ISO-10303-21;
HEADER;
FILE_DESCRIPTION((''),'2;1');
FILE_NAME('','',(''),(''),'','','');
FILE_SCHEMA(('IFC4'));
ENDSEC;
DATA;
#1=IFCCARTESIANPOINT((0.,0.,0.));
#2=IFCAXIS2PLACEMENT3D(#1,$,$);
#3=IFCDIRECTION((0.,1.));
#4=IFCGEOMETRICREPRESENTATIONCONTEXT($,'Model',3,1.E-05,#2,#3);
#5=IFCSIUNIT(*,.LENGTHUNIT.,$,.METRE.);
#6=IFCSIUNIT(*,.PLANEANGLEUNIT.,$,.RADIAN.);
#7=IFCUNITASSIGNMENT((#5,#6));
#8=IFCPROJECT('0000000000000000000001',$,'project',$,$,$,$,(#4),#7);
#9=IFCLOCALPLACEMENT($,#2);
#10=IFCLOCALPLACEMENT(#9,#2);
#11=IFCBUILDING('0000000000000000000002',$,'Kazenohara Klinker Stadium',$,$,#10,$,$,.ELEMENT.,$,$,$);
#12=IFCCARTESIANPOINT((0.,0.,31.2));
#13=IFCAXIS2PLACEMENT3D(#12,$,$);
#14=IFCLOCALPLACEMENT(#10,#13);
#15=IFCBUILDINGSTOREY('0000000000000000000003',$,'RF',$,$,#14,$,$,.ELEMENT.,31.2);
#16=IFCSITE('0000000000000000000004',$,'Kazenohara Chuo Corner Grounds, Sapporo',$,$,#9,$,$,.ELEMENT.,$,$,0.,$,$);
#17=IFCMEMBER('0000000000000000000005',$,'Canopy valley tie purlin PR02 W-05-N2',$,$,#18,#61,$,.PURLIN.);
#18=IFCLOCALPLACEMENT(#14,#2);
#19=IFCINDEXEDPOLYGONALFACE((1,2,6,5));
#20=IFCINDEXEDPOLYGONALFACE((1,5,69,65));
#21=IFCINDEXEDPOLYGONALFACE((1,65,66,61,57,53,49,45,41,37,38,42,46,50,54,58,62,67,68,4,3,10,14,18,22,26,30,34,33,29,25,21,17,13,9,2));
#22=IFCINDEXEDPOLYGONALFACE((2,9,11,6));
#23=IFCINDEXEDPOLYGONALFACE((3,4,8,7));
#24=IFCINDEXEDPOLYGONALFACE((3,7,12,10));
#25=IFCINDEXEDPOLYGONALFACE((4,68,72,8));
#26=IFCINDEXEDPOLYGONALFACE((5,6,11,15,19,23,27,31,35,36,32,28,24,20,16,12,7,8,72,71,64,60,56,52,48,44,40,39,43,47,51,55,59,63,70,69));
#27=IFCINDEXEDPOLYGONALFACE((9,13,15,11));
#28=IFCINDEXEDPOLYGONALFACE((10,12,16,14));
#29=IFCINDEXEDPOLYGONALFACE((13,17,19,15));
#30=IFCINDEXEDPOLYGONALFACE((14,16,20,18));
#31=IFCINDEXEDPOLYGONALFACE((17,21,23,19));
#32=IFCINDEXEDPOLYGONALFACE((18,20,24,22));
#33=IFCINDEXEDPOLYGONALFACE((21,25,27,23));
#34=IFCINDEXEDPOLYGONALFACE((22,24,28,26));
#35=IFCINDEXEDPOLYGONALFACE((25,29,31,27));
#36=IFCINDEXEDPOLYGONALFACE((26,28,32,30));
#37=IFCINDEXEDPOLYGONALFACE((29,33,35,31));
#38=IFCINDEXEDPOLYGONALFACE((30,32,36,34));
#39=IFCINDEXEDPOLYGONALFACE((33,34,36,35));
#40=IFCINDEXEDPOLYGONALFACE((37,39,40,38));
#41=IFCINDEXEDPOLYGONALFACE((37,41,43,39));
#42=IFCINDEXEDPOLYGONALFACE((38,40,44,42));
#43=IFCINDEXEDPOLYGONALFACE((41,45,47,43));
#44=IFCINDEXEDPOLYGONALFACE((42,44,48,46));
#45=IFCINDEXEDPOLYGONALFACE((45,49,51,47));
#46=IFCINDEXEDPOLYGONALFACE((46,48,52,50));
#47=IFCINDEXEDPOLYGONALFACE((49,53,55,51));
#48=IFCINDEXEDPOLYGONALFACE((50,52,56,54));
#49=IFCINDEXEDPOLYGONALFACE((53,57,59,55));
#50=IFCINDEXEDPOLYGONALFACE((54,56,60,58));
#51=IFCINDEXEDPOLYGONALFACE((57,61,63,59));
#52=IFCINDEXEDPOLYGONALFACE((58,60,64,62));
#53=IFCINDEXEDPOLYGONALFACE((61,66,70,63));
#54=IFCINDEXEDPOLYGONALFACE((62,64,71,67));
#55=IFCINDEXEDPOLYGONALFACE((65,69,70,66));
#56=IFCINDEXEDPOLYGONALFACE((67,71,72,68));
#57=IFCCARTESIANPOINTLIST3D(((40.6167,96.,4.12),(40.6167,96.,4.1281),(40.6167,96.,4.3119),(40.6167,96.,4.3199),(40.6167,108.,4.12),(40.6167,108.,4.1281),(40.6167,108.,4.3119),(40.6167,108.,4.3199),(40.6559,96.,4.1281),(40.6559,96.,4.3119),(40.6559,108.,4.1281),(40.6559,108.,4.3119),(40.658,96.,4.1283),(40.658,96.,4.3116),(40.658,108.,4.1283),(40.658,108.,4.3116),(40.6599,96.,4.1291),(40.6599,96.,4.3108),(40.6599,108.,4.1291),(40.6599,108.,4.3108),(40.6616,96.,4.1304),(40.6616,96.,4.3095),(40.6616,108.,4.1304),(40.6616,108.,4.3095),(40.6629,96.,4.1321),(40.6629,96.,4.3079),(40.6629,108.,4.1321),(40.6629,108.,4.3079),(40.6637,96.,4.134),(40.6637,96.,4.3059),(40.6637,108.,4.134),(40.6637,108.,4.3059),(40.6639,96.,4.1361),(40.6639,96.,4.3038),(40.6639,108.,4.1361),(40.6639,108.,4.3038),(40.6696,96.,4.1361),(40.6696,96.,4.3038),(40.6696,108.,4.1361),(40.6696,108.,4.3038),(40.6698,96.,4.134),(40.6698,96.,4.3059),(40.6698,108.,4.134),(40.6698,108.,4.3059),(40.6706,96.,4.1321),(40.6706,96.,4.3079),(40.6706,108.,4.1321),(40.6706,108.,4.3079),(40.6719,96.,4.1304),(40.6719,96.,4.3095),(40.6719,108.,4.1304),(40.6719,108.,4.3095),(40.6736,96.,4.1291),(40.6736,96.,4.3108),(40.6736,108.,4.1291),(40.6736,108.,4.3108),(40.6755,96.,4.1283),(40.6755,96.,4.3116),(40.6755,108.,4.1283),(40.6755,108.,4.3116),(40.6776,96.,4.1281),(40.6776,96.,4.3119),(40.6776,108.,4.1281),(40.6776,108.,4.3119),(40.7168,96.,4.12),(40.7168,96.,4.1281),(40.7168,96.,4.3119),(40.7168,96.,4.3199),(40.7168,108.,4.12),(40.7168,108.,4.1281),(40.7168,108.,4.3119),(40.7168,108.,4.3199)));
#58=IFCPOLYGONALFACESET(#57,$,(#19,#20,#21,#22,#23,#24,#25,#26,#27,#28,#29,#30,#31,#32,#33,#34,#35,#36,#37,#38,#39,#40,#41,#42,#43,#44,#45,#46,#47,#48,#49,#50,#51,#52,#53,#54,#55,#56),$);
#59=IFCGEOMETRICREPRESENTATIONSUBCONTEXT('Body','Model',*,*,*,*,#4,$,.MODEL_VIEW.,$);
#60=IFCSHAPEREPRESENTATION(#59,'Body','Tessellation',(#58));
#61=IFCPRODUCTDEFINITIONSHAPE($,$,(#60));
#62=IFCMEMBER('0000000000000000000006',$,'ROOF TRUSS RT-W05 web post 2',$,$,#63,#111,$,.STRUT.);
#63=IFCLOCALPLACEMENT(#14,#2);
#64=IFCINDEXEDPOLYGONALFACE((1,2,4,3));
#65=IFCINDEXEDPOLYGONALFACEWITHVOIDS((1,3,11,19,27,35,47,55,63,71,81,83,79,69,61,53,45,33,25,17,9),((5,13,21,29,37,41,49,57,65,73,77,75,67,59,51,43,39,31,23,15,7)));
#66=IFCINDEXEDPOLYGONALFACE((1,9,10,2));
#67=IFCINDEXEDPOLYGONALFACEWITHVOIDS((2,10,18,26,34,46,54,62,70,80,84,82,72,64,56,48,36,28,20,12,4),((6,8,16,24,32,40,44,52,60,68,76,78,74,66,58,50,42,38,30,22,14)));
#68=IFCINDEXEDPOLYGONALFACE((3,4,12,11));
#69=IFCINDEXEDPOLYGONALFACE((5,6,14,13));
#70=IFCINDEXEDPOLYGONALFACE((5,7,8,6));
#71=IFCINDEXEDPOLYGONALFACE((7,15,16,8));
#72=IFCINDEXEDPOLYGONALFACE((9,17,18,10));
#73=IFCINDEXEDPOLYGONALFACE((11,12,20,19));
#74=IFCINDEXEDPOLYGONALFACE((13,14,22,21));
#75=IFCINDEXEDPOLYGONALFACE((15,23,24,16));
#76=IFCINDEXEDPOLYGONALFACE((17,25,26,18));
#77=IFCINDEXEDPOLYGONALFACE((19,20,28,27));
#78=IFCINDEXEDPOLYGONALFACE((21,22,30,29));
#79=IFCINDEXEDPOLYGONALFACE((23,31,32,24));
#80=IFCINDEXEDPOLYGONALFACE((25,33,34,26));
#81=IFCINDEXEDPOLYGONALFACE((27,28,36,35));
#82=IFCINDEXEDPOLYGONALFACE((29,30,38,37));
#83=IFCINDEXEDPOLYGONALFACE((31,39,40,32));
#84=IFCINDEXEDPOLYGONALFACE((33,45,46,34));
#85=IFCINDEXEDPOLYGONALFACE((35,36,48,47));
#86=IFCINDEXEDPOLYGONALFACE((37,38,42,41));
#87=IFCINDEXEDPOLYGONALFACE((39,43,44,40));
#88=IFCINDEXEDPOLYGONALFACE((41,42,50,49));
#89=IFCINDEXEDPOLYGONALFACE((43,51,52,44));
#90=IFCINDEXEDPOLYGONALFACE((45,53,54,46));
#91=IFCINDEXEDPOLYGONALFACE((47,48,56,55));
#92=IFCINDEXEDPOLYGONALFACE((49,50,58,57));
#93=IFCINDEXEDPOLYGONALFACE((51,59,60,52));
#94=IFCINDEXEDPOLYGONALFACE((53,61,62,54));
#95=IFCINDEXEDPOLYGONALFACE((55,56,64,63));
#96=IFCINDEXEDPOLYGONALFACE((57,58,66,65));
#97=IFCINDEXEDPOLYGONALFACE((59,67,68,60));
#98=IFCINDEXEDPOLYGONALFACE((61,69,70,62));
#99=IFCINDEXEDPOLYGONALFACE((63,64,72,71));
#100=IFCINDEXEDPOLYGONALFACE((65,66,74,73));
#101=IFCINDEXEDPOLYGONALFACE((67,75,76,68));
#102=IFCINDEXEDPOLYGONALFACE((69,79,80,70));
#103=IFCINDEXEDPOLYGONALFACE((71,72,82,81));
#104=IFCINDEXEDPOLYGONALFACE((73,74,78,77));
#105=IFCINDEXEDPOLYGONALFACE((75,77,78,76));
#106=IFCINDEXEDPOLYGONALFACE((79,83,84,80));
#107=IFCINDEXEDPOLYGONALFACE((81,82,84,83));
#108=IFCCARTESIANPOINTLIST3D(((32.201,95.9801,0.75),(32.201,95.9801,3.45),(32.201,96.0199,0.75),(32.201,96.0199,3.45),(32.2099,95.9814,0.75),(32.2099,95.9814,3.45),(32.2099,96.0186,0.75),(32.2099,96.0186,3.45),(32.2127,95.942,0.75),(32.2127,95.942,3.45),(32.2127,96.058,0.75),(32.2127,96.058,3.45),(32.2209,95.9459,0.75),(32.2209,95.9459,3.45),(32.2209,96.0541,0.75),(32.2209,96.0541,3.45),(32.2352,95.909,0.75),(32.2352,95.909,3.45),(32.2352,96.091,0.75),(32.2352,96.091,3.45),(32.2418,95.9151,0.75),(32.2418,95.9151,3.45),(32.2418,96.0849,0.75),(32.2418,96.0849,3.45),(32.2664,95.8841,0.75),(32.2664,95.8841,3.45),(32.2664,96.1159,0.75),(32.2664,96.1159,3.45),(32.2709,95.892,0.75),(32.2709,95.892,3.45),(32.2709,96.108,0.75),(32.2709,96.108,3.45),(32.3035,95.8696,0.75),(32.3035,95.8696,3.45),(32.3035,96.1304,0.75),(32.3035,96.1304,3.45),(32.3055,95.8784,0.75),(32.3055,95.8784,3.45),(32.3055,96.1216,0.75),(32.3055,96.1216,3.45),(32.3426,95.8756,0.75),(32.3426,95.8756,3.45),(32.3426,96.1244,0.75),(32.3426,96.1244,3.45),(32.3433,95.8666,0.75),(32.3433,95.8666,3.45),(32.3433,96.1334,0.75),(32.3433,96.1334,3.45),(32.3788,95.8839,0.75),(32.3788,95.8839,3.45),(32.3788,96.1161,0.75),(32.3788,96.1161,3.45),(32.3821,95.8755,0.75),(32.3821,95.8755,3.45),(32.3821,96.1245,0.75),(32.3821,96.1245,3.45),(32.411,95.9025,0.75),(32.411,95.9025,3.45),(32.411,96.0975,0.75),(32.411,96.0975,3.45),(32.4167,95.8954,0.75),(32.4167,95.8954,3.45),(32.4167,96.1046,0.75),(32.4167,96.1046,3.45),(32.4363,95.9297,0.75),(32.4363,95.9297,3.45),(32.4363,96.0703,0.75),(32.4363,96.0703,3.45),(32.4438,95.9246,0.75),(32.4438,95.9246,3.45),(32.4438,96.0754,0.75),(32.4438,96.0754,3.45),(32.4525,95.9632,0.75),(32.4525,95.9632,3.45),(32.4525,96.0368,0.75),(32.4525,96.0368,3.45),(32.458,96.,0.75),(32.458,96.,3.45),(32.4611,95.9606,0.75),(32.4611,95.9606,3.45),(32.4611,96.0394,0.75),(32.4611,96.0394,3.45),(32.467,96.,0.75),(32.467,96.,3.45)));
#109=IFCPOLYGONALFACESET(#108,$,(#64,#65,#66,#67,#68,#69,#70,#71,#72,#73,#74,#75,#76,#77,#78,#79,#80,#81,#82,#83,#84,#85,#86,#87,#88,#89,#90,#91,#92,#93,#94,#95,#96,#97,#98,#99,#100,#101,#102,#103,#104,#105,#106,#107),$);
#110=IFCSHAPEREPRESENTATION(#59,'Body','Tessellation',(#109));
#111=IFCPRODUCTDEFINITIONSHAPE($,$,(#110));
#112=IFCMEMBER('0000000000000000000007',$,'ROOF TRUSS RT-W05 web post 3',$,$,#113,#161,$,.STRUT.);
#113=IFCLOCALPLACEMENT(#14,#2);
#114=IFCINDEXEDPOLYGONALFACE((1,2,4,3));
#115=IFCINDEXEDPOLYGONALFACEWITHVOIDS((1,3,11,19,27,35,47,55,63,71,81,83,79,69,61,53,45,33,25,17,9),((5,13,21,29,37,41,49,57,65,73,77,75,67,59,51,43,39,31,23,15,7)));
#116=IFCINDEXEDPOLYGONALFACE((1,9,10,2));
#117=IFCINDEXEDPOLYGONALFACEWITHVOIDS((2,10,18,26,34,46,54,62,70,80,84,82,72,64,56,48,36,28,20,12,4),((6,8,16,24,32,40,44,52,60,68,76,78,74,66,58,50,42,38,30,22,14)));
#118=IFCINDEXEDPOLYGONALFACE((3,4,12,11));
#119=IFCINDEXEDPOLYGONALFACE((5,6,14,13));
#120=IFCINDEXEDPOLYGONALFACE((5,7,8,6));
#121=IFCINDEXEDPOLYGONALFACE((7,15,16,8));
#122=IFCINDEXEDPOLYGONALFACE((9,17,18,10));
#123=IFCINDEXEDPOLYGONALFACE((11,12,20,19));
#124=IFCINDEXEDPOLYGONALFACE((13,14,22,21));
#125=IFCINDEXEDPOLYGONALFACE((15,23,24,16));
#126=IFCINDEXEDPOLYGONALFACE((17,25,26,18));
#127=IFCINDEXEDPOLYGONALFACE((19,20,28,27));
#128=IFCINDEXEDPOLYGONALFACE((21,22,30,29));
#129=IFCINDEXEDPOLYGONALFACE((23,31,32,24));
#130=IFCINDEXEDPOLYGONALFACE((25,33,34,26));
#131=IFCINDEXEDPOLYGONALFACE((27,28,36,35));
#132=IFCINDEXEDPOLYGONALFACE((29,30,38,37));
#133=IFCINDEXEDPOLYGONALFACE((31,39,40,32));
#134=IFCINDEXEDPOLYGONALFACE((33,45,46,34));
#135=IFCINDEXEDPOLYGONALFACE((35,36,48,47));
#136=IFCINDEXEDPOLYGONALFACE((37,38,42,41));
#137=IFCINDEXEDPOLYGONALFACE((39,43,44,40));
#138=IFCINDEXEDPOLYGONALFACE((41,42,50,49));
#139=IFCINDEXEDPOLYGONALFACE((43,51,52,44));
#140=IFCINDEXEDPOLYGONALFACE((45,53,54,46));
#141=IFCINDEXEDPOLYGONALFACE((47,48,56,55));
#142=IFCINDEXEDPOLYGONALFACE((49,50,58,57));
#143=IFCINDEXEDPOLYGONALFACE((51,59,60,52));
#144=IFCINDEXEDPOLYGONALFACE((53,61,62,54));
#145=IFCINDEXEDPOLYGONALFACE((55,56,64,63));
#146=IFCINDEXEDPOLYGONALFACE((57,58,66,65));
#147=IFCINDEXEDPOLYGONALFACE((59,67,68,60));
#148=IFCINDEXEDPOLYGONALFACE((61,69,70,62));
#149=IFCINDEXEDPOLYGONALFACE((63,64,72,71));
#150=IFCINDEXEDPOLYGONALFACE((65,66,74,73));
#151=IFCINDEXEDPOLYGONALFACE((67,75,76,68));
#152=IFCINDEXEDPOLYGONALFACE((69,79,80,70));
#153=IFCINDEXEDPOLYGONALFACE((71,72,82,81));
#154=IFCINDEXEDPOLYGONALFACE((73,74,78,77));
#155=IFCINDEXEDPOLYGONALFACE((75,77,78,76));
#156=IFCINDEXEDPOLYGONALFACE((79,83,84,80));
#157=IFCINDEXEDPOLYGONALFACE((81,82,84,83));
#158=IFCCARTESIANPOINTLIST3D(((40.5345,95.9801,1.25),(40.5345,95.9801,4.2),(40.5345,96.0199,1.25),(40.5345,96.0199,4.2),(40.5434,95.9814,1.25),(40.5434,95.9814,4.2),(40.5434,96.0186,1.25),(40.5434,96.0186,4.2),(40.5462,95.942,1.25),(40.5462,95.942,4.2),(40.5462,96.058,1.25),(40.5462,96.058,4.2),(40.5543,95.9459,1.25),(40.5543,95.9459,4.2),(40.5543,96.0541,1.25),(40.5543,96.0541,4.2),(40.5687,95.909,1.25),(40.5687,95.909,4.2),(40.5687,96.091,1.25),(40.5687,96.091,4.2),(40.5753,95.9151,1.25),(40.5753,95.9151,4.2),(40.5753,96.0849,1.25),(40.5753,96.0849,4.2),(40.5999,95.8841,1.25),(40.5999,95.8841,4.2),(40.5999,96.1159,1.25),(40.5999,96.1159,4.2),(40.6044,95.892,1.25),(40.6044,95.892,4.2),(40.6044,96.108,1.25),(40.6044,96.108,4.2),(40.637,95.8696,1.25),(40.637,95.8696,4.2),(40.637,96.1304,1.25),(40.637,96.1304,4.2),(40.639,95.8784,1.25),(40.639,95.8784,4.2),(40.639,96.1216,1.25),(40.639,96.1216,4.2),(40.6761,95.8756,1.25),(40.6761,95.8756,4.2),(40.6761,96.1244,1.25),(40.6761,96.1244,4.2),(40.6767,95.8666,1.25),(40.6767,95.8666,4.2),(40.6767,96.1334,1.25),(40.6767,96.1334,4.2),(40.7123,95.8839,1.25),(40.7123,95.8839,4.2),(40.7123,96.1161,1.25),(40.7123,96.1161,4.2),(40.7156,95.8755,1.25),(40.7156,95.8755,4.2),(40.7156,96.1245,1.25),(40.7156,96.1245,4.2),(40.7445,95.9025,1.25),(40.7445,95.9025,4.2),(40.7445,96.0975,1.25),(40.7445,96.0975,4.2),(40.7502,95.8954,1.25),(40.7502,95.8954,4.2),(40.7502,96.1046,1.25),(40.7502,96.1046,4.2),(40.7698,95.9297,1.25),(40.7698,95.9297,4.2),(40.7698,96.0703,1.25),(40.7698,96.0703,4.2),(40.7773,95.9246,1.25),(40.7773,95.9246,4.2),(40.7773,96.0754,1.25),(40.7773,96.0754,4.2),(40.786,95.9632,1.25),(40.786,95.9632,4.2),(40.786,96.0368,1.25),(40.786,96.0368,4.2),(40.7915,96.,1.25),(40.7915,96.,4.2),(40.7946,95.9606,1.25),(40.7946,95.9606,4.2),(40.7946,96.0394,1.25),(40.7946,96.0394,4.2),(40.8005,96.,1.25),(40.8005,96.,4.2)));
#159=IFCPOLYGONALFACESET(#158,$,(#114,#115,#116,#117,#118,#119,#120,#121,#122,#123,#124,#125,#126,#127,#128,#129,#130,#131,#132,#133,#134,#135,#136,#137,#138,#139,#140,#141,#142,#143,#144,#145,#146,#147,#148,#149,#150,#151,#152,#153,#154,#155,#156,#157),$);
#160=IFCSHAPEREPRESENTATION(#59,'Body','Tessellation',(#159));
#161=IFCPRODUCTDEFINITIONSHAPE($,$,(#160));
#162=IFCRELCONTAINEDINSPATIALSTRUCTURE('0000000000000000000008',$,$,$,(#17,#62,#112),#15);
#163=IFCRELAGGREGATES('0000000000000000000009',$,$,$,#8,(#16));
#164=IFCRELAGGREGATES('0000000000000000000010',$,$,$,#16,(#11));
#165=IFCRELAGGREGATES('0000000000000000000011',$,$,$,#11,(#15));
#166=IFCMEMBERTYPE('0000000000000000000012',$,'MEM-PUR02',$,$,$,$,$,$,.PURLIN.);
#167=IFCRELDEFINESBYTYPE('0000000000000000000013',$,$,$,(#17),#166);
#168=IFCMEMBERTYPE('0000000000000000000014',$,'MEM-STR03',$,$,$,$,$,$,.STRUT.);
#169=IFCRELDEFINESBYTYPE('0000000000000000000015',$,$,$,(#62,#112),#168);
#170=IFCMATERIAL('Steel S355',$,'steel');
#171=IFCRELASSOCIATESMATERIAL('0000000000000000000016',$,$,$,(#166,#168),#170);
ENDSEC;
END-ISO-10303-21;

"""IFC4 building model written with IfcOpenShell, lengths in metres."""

from ifc_helpers import new_model, si_unit, direction, frame, origin, origin_2d, place, context, subcontext, project, spatial, hollow_circle, i_section, extrude, material, material_profile, profile_set, type_object, element, save


model = new_model("IFC4")

# Units and contexts
model_context = context("Model", 3, precision=1e-05, world=origin(), true_north=direction((0.0, 1.0)))
body_context = subcontext(model_context, "Body", "Model", "MODEL_VIEW")
ifc_project = project(units=[si_unit("LENGTHUNIT", "METRE"), si_unit("PLANEANGLEUNIT", "RADIAN")], contexts=[model_context])

# Site, building, storey
site_placement = place(None, origin())
site = spatial("IfcSite", under=ifc_project, at=site_placement, Name="Kazenohara Chuo Corner Grounds, Sapporo", CompositionType="ELEMENT", RefElevation=0.0)
building_placement = place(site_placement, origin())
building = spatial("IfcBuilding", under=site, at=building_placement, Name="Kazenohara Klinker Stadium", CompositionType="ELEMENT")
storey_placement = place(building_placement, frame((0.0, 0.0, 31.2)))
storey = spatial("IfcBuildingStorey", under=building, at=storey_placement, Name="RF", CompositionType="ELEMENT", Elevation=31.2)

# Members
ifc_material_1 = material(Name="Steel S355", Category="steel")
ifc_material_profile_1 = material_profile(ifc_material_1, i_section(OverallWidth=0.1001, OverallDepth=0.2, WebThickness=0.0056, FlangeThickness=0.0081, FilletRadius=0.0081, at=origin_2d()), Name="H-200x100x5.5x8")
ifc_profile_set_1 = profile_set([ifc_material_profile_1], Name="Steel S355")
member_type_1 = type_object("IfcMemberType", Name="MEM-PUR02", PredefinedType="PURLIN", material=ifc_profile_set_1)
member_1_placement = place(storey_placement, frame((40.6667, 96.0, 4.22), z_axis=(0.0, 1.0, 0.0), x_axis=(-1.0, 0.0, 0.0)))
element("IfcMember", 1, at=member_1_placement, inside=storey, type_object=member_type_1, Name="Canopy valley tie purlin PR02 W-05-N2", PredefinedType="PURLIN", context=body_context, shape_type="SweptSolid", body=[
    extrude(i_section(OverallWidth=0.1001, OverallDepth=0.2, WebThickness=0.0056, FlangeThickness=0.0081, FilletRadius=0.0081, at=origin_2d()), origin(), (0.0, 0.0, 1.0), 12.0),
])
ifc_material_profile_2 = material_profile(ifc_material_1, hollow_circle(Radius=0.1338, WallThickness=0.009, at=origin_2d()), Name="CHS-267.4x9")
ifc_profile_set_2 = profile_set([ifc_material_profile_2], Name="Steel S355")
member_type_2 = type_object("IfcMemberType", Name="MEM-STR03", PredefinedType="STRUT", material=ifc_profile_set_2)
member_2_placement = place(storey_placement, frame((32.3333, 96.0, 0.75), z_axis=(0.0, 0.0, 1.0), x_axis=(1.0, 0.0, 0.0)))
element("IfcMember", 2, at=member_2_placement, inside=storey, type_object=member_type_2, Name="ROOF TRUSS RT-W05 web post 2", PredefinedType="STRUT", context=body_context, shape_type="SweptSolid", body=[
    extrude(hollow_circle(Radius=0.1338, WallThickness=0.009, at=origin_2d()), origin(), (0.0, 0.0, 1.0), 2.7),
])
member_3_placement = place(storey_placement, frame((40.6667, 96.0, 1.25), z_axis=(0.0, 0.0, 1.0), x_axis=(1.0, 0.0, 0.0)))
element("IfcMember", 3, at=member_3_placement, inside=storey, type_object=member_type_2, Name="ROOF TRUSS RT-W05 web post 3", PredefinedType="STRUT", context=body_context, shape_type="SweptSolid", body=[
    extrude(hollow_circle(Radius=0.1338, WallThickness=0.009, at=origin_2d()), origin(), (0.0, 0.0, 1.0), 2.95),
])

save(model, "model.ifc")
